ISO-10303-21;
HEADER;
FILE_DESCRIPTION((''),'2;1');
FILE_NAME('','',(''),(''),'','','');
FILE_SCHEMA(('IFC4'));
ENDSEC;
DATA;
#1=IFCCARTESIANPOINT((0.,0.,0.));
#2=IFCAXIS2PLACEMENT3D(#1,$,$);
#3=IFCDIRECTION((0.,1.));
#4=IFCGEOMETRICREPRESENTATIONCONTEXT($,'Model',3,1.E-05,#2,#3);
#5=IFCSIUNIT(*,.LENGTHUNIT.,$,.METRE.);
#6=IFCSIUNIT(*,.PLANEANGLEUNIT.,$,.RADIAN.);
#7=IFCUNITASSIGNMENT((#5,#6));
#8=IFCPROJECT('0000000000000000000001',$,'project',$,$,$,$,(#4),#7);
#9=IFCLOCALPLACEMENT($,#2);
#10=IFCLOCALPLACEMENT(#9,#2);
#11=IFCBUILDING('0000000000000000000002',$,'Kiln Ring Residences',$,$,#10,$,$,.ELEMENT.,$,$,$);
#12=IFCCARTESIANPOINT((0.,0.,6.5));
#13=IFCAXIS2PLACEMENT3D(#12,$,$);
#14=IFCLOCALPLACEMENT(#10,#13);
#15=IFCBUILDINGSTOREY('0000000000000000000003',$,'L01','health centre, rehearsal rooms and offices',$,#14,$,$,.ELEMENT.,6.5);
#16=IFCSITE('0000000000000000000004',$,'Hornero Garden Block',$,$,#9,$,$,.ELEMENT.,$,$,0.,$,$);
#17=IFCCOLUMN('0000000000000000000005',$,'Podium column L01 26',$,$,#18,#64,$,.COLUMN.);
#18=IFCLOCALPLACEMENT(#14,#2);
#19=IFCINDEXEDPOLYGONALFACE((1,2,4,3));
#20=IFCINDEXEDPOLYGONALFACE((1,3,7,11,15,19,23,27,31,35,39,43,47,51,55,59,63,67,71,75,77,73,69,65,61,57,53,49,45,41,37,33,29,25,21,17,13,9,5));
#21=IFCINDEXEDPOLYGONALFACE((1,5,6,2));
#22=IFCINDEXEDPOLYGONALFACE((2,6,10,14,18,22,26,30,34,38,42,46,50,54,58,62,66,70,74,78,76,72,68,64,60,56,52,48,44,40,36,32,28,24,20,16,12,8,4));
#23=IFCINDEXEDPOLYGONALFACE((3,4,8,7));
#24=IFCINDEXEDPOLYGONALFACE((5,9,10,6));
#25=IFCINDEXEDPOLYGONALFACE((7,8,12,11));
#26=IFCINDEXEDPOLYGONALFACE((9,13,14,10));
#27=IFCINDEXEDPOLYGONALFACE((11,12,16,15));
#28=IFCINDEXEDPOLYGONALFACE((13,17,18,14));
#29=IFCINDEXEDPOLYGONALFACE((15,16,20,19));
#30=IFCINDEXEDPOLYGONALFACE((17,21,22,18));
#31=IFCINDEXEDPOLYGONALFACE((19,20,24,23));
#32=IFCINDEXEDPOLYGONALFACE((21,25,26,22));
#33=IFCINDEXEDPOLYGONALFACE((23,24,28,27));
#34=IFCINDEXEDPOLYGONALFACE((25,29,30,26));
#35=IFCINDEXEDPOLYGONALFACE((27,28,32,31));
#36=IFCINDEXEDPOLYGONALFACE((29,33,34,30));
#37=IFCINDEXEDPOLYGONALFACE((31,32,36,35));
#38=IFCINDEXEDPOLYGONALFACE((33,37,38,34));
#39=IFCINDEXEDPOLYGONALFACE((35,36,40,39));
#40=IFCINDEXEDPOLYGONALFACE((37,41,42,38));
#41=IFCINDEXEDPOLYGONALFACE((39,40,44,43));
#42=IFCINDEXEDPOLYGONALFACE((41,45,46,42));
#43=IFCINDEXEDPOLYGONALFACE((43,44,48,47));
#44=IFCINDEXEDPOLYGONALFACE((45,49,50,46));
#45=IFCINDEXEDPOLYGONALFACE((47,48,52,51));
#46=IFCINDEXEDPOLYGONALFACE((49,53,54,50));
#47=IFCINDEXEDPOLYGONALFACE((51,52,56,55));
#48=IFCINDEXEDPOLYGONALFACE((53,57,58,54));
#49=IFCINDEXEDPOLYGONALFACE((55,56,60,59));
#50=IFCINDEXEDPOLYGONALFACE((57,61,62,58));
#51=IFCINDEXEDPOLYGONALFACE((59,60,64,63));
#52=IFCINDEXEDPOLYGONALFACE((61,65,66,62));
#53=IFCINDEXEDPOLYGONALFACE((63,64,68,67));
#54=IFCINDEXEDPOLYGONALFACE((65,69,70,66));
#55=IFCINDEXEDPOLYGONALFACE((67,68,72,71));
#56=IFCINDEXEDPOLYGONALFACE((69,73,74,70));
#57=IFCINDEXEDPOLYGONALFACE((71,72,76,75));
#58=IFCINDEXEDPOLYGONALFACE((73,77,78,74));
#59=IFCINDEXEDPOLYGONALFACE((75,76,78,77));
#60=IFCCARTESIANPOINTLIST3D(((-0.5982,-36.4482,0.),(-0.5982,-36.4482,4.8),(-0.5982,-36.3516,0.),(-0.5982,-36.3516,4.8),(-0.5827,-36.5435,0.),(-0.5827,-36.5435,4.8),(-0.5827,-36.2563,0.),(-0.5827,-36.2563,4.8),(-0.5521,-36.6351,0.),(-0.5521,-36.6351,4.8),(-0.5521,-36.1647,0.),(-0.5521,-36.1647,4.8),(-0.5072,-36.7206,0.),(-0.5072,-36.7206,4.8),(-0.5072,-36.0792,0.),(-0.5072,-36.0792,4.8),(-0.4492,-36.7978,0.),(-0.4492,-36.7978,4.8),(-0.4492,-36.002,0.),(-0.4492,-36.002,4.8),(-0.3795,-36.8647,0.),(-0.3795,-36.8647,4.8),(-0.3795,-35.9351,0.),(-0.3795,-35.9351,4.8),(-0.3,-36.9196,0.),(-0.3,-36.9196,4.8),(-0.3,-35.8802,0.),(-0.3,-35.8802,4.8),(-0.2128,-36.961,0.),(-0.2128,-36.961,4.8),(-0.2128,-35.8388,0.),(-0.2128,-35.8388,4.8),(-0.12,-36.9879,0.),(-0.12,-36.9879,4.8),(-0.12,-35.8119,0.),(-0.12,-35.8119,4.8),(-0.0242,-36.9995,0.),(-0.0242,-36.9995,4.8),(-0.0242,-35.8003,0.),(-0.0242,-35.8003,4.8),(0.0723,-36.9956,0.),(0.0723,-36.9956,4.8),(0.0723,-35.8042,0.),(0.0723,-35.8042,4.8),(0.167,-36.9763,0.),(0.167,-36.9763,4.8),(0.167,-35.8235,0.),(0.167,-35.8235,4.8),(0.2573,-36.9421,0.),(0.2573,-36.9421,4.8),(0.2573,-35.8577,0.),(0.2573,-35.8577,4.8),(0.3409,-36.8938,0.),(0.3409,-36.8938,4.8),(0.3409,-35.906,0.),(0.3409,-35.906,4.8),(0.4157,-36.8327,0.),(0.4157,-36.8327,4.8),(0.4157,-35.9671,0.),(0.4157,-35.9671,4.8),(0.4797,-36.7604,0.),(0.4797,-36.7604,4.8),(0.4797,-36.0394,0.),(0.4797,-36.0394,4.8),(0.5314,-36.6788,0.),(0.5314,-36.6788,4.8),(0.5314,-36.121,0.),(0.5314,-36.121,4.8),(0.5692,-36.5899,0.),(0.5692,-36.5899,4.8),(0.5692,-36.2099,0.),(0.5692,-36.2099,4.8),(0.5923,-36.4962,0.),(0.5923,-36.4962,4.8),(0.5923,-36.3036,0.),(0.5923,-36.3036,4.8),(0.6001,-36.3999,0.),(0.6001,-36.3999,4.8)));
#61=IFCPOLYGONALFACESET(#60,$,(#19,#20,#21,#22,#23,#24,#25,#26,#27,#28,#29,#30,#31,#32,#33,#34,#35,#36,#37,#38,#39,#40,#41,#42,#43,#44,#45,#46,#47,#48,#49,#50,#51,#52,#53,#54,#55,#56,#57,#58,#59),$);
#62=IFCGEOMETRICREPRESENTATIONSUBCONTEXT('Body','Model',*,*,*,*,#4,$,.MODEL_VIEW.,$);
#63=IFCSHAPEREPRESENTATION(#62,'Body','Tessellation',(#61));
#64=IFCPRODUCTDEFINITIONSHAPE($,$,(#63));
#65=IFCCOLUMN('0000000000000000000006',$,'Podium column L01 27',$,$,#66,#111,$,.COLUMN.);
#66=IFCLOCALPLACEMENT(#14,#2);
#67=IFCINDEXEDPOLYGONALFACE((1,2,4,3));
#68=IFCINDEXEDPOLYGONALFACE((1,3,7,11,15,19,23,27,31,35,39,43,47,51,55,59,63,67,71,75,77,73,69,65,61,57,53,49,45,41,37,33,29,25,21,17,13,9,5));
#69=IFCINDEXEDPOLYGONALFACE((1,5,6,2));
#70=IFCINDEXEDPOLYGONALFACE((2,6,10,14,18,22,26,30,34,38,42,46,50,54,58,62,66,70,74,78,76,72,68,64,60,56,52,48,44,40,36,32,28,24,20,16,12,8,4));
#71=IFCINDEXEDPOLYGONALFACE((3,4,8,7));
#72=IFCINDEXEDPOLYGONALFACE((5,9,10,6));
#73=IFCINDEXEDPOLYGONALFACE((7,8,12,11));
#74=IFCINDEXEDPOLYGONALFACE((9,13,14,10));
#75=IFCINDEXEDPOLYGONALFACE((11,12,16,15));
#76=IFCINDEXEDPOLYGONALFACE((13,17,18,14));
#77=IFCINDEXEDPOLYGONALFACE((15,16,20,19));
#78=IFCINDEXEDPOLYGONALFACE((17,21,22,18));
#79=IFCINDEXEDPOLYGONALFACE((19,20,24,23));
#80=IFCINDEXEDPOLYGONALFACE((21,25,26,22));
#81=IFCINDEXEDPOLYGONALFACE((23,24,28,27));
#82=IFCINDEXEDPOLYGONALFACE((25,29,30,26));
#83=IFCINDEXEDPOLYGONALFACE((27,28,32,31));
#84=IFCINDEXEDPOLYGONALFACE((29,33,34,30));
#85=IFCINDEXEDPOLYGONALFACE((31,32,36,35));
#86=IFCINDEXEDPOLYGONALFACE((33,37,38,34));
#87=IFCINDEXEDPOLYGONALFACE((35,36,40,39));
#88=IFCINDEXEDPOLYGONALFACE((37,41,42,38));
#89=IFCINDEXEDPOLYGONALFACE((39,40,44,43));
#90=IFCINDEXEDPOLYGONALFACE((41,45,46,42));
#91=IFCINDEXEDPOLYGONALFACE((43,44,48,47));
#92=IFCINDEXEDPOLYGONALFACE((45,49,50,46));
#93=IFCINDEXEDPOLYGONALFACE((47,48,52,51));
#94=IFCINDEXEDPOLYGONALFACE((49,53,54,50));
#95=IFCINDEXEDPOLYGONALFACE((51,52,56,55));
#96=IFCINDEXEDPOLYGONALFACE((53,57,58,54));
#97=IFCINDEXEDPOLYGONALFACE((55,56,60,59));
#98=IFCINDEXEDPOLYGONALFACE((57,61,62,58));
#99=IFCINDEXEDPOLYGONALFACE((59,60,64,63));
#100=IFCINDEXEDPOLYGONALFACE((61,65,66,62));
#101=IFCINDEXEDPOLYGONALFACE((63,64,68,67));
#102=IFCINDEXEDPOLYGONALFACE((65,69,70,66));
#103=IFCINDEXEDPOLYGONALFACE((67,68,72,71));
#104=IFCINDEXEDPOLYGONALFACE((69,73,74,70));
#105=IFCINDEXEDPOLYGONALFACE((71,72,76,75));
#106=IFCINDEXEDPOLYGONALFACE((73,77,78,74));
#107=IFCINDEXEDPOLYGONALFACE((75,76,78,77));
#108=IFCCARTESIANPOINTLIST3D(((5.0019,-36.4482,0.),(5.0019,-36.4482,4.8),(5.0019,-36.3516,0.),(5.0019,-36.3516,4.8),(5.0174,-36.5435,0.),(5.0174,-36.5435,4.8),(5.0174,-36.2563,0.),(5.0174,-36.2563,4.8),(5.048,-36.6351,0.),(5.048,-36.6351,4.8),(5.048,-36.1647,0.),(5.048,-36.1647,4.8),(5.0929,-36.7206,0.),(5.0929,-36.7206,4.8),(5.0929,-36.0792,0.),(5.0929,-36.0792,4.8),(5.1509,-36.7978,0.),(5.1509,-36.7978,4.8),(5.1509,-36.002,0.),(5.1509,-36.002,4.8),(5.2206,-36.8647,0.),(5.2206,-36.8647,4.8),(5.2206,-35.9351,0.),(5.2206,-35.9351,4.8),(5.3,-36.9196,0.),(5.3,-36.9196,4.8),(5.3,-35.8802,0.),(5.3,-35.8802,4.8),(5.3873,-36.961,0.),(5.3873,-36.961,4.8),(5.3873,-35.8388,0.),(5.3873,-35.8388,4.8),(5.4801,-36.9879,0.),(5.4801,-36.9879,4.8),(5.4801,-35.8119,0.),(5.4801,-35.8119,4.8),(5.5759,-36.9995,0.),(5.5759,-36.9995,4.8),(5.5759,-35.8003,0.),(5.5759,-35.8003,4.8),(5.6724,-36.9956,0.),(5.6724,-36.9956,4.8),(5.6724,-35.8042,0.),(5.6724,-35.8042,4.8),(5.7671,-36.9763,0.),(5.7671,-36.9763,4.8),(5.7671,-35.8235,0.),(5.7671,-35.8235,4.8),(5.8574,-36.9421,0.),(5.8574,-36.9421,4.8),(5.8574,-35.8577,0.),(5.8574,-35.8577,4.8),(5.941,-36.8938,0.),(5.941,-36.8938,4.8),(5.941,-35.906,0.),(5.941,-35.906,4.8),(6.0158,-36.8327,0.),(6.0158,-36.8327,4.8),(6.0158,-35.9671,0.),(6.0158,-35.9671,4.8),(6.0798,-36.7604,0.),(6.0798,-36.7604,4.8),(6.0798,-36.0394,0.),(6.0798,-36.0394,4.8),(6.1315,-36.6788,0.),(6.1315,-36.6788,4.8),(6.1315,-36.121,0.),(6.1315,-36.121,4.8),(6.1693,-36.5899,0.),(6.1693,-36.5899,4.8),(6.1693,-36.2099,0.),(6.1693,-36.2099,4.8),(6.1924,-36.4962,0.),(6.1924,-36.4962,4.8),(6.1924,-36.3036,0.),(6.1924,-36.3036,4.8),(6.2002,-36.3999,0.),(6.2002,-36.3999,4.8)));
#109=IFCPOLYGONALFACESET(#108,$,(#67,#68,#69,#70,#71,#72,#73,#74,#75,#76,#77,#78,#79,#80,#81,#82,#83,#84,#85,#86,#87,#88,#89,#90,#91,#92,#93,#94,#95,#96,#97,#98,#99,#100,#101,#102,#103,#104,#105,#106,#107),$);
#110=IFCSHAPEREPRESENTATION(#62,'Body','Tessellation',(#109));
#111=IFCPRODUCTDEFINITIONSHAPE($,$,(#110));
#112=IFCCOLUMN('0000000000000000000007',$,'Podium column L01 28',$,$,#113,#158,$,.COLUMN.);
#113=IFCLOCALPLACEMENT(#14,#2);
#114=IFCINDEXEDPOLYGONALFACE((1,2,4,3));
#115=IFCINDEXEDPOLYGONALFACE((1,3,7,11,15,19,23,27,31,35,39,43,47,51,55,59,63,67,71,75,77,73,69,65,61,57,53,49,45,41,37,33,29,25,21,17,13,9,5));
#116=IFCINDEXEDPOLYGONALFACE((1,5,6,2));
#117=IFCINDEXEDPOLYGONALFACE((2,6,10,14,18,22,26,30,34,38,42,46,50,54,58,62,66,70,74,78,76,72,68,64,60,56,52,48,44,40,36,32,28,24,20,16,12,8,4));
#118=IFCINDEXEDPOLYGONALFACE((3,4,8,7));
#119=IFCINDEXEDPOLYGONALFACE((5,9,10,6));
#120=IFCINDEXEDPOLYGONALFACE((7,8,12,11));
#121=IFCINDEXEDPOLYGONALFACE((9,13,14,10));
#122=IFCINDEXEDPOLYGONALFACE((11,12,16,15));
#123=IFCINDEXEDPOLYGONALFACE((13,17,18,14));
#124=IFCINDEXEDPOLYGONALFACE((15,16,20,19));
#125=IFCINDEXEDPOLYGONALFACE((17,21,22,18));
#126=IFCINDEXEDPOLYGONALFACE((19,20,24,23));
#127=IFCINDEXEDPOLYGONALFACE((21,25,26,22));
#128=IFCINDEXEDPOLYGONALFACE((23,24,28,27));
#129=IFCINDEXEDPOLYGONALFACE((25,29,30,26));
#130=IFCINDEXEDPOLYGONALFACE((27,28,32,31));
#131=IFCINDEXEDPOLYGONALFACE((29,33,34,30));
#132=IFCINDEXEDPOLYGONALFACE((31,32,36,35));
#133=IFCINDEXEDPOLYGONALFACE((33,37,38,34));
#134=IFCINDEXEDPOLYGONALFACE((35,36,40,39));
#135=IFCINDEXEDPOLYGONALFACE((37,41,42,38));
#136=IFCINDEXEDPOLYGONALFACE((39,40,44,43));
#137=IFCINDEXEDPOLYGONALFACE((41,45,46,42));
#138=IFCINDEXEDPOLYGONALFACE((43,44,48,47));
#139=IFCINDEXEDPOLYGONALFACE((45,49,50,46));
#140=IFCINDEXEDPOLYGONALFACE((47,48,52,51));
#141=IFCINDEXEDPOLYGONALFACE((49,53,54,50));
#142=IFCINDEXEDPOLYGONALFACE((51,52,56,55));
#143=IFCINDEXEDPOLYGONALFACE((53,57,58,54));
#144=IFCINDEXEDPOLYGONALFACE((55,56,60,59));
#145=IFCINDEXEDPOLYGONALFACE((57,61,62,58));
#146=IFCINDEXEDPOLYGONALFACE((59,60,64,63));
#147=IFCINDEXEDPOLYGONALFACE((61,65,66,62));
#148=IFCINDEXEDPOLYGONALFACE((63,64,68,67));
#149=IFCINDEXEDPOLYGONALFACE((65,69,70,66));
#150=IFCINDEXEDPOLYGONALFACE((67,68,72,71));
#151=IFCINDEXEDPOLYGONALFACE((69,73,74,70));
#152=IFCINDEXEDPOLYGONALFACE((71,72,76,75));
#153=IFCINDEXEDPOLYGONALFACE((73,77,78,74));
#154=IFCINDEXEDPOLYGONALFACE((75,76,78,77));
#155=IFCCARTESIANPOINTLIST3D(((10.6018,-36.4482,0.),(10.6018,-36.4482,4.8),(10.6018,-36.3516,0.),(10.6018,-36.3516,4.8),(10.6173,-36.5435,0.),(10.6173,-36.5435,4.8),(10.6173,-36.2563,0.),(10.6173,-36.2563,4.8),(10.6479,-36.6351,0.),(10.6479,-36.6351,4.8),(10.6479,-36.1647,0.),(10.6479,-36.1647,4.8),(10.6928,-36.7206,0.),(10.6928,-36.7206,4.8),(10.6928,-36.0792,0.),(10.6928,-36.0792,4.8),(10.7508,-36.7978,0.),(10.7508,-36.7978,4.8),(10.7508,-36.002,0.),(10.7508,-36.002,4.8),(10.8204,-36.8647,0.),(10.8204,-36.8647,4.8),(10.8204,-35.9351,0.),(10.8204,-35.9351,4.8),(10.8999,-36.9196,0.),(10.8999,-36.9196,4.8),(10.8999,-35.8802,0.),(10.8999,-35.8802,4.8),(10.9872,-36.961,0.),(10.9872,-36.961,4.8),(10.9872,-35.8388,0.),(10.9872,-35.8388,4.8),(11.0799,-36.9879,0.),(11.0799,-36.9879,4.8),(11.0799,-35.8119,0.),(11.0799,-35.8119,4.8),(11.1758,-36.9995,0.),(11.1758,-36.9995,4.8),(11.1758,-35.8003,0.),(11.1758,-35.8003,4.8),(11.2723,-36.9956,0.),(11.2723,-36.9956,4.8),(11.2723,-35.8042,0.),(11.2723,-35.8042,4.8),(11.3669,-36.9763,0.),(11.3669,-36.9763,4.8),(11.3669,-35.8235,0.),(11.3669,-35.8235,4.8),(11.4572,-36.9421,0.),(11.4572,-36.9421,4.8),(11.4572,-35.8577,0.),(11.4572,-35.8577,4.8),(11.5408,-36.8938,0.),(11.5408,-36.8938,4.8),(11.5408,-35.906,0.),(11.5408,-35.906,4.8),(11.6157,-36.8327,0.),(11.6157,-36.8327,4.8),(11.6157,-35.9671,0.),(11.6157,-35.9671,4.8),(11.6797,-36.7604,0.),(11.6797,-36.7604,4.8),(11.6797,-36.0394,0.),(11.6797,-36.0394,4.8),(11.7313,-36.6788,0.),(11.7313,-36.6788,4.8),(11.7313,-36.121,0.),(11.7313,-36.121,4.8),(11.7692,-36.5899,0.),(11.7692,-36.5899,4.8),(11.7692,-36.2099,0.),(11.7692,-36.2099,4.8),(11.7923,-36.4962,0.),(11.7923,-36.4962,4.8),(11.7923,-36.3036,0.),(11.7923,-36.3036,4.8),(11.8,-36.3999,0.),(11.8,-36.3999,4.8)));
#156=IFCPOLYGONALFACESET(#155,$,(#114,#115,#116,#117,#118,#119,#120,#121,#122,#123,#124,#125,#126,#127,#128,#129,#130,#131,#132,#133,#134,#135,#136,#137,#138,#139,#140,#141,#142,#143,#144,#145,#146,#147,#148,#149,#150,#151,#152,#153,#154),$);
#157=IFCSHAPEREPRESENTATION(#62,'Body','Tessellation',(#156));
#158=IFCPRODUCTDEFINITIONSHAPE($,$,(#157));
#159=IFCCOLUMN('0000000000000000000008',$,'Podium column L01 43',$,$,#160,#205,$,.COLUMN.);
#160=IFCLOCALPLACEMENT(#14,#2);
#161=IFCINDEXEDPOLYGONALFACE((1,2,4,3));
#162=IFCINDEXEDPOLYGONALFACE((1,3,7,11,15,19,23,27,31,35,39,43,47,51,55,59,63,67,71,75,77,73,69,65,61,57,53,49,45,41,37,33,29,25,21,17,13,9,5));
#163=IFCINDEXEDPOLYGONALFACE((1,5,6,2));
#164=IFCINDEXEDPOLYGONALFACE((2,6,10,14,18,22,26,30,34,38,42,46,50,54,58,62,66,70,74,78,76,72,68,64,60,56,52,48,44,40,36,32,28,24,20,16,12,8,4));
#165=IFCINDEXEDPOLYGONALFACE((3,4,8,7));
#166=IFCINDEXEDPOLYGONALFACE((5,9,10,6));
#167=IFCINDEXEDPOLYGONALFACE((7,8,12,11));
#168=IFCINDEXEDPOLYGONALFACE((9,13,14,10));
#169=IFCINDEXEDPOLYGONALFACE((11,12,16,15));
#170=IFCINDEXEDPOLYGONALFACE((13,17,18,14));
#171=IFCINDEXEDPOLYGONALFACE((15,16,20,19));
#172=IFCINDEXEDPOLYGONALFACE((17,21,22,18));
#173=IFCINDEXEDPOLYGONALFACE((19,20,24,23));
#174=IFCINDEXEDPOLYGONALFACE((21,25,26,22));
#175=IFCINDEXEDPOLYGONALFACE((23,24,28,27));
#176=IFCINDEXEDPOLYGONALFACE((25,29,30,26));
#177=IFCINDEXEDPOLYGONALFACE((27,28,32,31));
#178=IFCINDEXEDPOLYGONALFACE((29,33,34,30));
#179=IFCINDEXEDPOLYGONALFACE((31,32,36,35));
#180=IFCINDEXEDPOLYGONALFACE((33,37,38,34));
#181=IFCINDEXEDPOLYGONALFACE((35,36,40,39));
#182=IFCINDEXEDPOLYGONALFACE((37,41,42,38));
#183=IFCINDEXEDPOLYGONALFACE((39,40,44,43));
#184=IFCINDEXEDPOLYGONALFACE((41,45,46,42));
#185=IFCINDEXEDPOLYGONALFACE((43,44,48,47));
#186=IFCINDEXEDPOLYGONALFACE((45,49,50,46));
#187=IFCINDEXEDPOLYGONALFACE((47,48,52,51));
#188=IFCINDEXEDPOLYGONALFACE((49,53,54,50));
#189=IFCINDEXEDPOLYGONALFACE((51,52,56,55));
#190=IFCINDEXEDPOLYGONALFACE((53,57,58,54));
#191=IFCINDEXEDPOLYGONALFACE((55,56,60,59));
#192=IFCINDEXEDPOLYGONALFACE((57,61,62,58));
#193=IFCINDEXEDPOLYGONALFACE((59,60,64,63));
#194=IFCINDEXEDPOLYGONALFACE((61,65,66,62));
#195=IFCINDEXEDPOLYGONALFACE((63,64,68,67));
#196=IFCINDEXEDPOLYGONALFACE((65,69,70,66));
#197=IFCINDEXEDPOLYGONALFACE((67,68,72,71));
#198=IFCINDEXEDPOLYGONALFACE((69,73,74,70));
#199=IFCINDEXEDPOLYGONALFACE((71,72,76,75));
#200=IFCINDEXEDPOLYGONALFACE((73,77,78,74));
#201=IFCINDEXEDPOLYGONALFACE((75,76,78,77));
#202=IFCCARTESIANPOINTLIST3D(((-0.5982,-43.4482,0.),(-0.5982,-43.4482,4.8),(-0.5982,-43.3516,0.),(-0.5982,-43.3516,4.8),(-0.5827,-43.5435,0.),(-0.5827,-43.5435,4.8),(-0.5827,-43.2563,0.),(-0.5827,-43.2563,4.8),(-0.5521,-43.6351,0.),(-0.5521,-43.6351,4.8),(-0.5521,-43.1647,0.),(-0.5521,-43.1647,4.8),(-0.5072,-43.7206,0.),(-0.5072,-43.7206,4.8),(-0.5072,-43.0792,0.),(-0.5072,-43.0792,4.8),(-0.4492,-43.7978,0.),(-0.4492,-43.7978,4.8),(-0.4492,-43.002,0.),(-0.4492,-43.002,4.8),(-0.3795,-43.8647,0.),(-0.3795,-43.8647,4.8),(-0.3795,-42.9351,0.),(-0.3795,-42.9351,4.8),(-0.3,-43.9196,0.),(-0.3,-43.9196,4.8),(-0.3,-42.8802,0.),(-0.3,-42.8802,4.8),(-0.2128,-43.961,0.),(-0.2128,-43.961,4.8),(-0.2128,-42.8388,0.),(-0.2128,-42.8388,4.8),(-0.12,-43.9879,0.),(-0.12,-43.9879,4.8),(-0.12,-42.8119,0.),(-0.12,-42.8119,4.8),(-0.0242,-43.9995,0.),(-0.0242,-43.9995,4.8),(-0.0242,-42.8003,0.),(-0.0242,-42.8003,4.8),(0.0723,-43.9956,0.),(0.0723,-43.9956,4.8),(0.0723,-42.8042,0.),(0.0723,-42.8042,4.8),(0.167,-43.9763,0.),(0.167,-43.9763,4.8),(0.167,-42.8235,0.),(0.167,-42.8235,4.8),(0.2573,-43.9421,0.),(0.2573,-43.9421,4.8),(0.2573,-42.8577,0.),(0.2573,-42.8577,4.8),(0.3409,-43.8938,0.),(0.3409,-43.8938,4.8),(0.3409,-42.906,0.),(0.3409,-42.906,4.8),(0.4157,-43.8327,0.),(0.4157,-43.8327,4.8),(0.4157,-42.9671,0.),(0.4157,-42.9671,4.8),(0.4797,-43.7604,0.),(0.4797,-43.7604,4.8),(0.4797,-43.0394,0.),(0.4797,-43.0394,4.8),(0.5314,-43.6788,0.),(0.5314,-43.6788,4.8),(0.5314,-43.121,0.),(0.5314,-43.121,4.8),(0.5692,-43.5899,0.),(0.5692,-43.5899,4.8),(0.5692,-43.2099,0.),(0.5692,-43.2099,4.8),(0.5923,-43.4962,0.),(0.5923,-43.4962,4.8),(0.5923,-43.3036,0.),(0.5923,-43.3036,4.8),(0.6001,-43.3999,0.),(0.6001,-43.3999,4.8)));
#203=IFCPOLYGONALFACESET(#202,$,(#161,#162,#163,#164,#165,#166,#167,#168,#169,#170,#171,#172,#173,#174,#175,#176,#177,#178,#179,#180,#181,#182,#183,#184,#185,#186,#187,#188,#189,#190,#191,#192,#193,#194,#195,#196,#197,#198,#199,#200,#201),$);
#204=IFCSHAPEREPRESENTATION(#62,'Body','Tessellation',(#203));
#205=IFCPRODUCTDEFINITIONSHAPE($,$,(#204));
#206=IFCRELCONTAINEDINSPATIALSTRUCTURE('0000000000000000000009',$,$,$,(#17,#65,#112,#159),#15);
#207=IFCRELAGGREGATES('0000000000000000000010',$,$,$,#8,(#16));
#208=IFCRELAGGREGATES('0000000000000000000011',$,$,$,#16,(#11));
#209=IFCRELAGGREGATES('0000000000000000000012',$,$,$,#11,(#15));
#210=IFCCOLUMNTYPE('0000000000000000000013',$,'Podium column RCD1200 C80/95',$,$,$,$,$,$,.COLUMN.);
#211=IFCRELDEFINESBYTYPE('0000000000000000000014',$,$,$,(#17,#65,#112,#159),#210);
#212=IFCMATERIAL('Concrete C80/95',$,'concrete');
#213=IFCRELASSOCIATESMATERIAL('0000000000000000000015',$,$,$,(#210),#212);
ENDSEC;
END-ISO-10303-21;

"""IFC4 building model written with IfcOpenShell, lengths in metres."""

from ifc_helpers import new_model, si_unit, direction, frame, origin, origin_2d, place, context, subcontext, project, spatial, circle, extrude, material, material_profile, profile_set, type_object, element, save


model = new_model("IFC4")

# Units and contexts
model_context = context("Model", 3, precision=1e-05, world=origin(), true_north=direction((0.0, 1.0)))
body_context = subcontext(model_context, "Body", "Model", "MODEL_VIEW")
ifc_project = project(units=[si_unit("LENGTHUNIT", "METRE"), si_unit("PLANEANGLEUNIT", "RADIAN")], contexts=[model_context])

# Site, building, storey
site_placement = place(None, origin())
site = spatial("IfcSite", under=ifc_project, at=site_placement, Name="Hornero Garden Block", CompositionType="ELEMENT", RefElevation=0.0)
building_placement = place(site_placement, origin())
building = spatial("IfcBuilding", under=site, at=building_placement, Name="Kiln Ring Residences", CompositionType="ELEMENT")
storey_placement = place(building_placement, frame((0.0, 0.0, 6.5)))
storey = spatial("IfcBuildingStorey", under=building, at=storey_placement, Name="L01", Description="health centre, rehearsal rooms and offices", CompositionType="ELEMENT", Elevation=6.5)

# Columns
ifc_material_1 = material(Name="Concrete C80/95", Category="concrete")
ifc_material_profile = material_profile(ifc_material_1, circle(Radius=0.6001, at=origin_2d()), Name="RCD1200")
ifc_profile_set = profile_set([ifc_material_profile], Name="Concrete C80/95")
column_type = type_object("IfcColumnType", Name="Podium column RCD1200 C80/95", PredefinedType="COLUMN", material=ifc_profile_set)
for number, where, z_axis, x_axis, name in (
    (1, (0.0, -36.3999, 0.0), (0.0, 0.0, 1.0), (1.0, 0.0, 0.0), "Podium column L01 26"),
    (2, (5.6001, -36.3999, 0.0), (0.0, 0.0, 1.0), (1.0, 0.0, 0.0), "Podium column L01 27"),
    (3, (11.2, -36.3999, 0.0), (0.0, 0.0, 1.0), (1.0, 0.0, 0.0), "Podium column L01 28"),
    (4, (0.0, -43.3999, 0.0), (0.0, 0.0, 1.0), (1.0, 0.0, 0.0), "Podium column L01 43"),
):
    element("IfcColumn", number, at=place(storey_placement, frame(where, z_axis=z_axis, x_axis=x_axis)), inside=storey, type_object=column_type, Name=name, PredefinedType="COLUMN", context=body_context, shape_type="SweptSolid", body=[
        extrude(circle(Radius=0.6001, at=origin_2d()), origin(), (0.0, 0.0, 1.0), 4.8),
    ])

save(model, "model.ifc")
